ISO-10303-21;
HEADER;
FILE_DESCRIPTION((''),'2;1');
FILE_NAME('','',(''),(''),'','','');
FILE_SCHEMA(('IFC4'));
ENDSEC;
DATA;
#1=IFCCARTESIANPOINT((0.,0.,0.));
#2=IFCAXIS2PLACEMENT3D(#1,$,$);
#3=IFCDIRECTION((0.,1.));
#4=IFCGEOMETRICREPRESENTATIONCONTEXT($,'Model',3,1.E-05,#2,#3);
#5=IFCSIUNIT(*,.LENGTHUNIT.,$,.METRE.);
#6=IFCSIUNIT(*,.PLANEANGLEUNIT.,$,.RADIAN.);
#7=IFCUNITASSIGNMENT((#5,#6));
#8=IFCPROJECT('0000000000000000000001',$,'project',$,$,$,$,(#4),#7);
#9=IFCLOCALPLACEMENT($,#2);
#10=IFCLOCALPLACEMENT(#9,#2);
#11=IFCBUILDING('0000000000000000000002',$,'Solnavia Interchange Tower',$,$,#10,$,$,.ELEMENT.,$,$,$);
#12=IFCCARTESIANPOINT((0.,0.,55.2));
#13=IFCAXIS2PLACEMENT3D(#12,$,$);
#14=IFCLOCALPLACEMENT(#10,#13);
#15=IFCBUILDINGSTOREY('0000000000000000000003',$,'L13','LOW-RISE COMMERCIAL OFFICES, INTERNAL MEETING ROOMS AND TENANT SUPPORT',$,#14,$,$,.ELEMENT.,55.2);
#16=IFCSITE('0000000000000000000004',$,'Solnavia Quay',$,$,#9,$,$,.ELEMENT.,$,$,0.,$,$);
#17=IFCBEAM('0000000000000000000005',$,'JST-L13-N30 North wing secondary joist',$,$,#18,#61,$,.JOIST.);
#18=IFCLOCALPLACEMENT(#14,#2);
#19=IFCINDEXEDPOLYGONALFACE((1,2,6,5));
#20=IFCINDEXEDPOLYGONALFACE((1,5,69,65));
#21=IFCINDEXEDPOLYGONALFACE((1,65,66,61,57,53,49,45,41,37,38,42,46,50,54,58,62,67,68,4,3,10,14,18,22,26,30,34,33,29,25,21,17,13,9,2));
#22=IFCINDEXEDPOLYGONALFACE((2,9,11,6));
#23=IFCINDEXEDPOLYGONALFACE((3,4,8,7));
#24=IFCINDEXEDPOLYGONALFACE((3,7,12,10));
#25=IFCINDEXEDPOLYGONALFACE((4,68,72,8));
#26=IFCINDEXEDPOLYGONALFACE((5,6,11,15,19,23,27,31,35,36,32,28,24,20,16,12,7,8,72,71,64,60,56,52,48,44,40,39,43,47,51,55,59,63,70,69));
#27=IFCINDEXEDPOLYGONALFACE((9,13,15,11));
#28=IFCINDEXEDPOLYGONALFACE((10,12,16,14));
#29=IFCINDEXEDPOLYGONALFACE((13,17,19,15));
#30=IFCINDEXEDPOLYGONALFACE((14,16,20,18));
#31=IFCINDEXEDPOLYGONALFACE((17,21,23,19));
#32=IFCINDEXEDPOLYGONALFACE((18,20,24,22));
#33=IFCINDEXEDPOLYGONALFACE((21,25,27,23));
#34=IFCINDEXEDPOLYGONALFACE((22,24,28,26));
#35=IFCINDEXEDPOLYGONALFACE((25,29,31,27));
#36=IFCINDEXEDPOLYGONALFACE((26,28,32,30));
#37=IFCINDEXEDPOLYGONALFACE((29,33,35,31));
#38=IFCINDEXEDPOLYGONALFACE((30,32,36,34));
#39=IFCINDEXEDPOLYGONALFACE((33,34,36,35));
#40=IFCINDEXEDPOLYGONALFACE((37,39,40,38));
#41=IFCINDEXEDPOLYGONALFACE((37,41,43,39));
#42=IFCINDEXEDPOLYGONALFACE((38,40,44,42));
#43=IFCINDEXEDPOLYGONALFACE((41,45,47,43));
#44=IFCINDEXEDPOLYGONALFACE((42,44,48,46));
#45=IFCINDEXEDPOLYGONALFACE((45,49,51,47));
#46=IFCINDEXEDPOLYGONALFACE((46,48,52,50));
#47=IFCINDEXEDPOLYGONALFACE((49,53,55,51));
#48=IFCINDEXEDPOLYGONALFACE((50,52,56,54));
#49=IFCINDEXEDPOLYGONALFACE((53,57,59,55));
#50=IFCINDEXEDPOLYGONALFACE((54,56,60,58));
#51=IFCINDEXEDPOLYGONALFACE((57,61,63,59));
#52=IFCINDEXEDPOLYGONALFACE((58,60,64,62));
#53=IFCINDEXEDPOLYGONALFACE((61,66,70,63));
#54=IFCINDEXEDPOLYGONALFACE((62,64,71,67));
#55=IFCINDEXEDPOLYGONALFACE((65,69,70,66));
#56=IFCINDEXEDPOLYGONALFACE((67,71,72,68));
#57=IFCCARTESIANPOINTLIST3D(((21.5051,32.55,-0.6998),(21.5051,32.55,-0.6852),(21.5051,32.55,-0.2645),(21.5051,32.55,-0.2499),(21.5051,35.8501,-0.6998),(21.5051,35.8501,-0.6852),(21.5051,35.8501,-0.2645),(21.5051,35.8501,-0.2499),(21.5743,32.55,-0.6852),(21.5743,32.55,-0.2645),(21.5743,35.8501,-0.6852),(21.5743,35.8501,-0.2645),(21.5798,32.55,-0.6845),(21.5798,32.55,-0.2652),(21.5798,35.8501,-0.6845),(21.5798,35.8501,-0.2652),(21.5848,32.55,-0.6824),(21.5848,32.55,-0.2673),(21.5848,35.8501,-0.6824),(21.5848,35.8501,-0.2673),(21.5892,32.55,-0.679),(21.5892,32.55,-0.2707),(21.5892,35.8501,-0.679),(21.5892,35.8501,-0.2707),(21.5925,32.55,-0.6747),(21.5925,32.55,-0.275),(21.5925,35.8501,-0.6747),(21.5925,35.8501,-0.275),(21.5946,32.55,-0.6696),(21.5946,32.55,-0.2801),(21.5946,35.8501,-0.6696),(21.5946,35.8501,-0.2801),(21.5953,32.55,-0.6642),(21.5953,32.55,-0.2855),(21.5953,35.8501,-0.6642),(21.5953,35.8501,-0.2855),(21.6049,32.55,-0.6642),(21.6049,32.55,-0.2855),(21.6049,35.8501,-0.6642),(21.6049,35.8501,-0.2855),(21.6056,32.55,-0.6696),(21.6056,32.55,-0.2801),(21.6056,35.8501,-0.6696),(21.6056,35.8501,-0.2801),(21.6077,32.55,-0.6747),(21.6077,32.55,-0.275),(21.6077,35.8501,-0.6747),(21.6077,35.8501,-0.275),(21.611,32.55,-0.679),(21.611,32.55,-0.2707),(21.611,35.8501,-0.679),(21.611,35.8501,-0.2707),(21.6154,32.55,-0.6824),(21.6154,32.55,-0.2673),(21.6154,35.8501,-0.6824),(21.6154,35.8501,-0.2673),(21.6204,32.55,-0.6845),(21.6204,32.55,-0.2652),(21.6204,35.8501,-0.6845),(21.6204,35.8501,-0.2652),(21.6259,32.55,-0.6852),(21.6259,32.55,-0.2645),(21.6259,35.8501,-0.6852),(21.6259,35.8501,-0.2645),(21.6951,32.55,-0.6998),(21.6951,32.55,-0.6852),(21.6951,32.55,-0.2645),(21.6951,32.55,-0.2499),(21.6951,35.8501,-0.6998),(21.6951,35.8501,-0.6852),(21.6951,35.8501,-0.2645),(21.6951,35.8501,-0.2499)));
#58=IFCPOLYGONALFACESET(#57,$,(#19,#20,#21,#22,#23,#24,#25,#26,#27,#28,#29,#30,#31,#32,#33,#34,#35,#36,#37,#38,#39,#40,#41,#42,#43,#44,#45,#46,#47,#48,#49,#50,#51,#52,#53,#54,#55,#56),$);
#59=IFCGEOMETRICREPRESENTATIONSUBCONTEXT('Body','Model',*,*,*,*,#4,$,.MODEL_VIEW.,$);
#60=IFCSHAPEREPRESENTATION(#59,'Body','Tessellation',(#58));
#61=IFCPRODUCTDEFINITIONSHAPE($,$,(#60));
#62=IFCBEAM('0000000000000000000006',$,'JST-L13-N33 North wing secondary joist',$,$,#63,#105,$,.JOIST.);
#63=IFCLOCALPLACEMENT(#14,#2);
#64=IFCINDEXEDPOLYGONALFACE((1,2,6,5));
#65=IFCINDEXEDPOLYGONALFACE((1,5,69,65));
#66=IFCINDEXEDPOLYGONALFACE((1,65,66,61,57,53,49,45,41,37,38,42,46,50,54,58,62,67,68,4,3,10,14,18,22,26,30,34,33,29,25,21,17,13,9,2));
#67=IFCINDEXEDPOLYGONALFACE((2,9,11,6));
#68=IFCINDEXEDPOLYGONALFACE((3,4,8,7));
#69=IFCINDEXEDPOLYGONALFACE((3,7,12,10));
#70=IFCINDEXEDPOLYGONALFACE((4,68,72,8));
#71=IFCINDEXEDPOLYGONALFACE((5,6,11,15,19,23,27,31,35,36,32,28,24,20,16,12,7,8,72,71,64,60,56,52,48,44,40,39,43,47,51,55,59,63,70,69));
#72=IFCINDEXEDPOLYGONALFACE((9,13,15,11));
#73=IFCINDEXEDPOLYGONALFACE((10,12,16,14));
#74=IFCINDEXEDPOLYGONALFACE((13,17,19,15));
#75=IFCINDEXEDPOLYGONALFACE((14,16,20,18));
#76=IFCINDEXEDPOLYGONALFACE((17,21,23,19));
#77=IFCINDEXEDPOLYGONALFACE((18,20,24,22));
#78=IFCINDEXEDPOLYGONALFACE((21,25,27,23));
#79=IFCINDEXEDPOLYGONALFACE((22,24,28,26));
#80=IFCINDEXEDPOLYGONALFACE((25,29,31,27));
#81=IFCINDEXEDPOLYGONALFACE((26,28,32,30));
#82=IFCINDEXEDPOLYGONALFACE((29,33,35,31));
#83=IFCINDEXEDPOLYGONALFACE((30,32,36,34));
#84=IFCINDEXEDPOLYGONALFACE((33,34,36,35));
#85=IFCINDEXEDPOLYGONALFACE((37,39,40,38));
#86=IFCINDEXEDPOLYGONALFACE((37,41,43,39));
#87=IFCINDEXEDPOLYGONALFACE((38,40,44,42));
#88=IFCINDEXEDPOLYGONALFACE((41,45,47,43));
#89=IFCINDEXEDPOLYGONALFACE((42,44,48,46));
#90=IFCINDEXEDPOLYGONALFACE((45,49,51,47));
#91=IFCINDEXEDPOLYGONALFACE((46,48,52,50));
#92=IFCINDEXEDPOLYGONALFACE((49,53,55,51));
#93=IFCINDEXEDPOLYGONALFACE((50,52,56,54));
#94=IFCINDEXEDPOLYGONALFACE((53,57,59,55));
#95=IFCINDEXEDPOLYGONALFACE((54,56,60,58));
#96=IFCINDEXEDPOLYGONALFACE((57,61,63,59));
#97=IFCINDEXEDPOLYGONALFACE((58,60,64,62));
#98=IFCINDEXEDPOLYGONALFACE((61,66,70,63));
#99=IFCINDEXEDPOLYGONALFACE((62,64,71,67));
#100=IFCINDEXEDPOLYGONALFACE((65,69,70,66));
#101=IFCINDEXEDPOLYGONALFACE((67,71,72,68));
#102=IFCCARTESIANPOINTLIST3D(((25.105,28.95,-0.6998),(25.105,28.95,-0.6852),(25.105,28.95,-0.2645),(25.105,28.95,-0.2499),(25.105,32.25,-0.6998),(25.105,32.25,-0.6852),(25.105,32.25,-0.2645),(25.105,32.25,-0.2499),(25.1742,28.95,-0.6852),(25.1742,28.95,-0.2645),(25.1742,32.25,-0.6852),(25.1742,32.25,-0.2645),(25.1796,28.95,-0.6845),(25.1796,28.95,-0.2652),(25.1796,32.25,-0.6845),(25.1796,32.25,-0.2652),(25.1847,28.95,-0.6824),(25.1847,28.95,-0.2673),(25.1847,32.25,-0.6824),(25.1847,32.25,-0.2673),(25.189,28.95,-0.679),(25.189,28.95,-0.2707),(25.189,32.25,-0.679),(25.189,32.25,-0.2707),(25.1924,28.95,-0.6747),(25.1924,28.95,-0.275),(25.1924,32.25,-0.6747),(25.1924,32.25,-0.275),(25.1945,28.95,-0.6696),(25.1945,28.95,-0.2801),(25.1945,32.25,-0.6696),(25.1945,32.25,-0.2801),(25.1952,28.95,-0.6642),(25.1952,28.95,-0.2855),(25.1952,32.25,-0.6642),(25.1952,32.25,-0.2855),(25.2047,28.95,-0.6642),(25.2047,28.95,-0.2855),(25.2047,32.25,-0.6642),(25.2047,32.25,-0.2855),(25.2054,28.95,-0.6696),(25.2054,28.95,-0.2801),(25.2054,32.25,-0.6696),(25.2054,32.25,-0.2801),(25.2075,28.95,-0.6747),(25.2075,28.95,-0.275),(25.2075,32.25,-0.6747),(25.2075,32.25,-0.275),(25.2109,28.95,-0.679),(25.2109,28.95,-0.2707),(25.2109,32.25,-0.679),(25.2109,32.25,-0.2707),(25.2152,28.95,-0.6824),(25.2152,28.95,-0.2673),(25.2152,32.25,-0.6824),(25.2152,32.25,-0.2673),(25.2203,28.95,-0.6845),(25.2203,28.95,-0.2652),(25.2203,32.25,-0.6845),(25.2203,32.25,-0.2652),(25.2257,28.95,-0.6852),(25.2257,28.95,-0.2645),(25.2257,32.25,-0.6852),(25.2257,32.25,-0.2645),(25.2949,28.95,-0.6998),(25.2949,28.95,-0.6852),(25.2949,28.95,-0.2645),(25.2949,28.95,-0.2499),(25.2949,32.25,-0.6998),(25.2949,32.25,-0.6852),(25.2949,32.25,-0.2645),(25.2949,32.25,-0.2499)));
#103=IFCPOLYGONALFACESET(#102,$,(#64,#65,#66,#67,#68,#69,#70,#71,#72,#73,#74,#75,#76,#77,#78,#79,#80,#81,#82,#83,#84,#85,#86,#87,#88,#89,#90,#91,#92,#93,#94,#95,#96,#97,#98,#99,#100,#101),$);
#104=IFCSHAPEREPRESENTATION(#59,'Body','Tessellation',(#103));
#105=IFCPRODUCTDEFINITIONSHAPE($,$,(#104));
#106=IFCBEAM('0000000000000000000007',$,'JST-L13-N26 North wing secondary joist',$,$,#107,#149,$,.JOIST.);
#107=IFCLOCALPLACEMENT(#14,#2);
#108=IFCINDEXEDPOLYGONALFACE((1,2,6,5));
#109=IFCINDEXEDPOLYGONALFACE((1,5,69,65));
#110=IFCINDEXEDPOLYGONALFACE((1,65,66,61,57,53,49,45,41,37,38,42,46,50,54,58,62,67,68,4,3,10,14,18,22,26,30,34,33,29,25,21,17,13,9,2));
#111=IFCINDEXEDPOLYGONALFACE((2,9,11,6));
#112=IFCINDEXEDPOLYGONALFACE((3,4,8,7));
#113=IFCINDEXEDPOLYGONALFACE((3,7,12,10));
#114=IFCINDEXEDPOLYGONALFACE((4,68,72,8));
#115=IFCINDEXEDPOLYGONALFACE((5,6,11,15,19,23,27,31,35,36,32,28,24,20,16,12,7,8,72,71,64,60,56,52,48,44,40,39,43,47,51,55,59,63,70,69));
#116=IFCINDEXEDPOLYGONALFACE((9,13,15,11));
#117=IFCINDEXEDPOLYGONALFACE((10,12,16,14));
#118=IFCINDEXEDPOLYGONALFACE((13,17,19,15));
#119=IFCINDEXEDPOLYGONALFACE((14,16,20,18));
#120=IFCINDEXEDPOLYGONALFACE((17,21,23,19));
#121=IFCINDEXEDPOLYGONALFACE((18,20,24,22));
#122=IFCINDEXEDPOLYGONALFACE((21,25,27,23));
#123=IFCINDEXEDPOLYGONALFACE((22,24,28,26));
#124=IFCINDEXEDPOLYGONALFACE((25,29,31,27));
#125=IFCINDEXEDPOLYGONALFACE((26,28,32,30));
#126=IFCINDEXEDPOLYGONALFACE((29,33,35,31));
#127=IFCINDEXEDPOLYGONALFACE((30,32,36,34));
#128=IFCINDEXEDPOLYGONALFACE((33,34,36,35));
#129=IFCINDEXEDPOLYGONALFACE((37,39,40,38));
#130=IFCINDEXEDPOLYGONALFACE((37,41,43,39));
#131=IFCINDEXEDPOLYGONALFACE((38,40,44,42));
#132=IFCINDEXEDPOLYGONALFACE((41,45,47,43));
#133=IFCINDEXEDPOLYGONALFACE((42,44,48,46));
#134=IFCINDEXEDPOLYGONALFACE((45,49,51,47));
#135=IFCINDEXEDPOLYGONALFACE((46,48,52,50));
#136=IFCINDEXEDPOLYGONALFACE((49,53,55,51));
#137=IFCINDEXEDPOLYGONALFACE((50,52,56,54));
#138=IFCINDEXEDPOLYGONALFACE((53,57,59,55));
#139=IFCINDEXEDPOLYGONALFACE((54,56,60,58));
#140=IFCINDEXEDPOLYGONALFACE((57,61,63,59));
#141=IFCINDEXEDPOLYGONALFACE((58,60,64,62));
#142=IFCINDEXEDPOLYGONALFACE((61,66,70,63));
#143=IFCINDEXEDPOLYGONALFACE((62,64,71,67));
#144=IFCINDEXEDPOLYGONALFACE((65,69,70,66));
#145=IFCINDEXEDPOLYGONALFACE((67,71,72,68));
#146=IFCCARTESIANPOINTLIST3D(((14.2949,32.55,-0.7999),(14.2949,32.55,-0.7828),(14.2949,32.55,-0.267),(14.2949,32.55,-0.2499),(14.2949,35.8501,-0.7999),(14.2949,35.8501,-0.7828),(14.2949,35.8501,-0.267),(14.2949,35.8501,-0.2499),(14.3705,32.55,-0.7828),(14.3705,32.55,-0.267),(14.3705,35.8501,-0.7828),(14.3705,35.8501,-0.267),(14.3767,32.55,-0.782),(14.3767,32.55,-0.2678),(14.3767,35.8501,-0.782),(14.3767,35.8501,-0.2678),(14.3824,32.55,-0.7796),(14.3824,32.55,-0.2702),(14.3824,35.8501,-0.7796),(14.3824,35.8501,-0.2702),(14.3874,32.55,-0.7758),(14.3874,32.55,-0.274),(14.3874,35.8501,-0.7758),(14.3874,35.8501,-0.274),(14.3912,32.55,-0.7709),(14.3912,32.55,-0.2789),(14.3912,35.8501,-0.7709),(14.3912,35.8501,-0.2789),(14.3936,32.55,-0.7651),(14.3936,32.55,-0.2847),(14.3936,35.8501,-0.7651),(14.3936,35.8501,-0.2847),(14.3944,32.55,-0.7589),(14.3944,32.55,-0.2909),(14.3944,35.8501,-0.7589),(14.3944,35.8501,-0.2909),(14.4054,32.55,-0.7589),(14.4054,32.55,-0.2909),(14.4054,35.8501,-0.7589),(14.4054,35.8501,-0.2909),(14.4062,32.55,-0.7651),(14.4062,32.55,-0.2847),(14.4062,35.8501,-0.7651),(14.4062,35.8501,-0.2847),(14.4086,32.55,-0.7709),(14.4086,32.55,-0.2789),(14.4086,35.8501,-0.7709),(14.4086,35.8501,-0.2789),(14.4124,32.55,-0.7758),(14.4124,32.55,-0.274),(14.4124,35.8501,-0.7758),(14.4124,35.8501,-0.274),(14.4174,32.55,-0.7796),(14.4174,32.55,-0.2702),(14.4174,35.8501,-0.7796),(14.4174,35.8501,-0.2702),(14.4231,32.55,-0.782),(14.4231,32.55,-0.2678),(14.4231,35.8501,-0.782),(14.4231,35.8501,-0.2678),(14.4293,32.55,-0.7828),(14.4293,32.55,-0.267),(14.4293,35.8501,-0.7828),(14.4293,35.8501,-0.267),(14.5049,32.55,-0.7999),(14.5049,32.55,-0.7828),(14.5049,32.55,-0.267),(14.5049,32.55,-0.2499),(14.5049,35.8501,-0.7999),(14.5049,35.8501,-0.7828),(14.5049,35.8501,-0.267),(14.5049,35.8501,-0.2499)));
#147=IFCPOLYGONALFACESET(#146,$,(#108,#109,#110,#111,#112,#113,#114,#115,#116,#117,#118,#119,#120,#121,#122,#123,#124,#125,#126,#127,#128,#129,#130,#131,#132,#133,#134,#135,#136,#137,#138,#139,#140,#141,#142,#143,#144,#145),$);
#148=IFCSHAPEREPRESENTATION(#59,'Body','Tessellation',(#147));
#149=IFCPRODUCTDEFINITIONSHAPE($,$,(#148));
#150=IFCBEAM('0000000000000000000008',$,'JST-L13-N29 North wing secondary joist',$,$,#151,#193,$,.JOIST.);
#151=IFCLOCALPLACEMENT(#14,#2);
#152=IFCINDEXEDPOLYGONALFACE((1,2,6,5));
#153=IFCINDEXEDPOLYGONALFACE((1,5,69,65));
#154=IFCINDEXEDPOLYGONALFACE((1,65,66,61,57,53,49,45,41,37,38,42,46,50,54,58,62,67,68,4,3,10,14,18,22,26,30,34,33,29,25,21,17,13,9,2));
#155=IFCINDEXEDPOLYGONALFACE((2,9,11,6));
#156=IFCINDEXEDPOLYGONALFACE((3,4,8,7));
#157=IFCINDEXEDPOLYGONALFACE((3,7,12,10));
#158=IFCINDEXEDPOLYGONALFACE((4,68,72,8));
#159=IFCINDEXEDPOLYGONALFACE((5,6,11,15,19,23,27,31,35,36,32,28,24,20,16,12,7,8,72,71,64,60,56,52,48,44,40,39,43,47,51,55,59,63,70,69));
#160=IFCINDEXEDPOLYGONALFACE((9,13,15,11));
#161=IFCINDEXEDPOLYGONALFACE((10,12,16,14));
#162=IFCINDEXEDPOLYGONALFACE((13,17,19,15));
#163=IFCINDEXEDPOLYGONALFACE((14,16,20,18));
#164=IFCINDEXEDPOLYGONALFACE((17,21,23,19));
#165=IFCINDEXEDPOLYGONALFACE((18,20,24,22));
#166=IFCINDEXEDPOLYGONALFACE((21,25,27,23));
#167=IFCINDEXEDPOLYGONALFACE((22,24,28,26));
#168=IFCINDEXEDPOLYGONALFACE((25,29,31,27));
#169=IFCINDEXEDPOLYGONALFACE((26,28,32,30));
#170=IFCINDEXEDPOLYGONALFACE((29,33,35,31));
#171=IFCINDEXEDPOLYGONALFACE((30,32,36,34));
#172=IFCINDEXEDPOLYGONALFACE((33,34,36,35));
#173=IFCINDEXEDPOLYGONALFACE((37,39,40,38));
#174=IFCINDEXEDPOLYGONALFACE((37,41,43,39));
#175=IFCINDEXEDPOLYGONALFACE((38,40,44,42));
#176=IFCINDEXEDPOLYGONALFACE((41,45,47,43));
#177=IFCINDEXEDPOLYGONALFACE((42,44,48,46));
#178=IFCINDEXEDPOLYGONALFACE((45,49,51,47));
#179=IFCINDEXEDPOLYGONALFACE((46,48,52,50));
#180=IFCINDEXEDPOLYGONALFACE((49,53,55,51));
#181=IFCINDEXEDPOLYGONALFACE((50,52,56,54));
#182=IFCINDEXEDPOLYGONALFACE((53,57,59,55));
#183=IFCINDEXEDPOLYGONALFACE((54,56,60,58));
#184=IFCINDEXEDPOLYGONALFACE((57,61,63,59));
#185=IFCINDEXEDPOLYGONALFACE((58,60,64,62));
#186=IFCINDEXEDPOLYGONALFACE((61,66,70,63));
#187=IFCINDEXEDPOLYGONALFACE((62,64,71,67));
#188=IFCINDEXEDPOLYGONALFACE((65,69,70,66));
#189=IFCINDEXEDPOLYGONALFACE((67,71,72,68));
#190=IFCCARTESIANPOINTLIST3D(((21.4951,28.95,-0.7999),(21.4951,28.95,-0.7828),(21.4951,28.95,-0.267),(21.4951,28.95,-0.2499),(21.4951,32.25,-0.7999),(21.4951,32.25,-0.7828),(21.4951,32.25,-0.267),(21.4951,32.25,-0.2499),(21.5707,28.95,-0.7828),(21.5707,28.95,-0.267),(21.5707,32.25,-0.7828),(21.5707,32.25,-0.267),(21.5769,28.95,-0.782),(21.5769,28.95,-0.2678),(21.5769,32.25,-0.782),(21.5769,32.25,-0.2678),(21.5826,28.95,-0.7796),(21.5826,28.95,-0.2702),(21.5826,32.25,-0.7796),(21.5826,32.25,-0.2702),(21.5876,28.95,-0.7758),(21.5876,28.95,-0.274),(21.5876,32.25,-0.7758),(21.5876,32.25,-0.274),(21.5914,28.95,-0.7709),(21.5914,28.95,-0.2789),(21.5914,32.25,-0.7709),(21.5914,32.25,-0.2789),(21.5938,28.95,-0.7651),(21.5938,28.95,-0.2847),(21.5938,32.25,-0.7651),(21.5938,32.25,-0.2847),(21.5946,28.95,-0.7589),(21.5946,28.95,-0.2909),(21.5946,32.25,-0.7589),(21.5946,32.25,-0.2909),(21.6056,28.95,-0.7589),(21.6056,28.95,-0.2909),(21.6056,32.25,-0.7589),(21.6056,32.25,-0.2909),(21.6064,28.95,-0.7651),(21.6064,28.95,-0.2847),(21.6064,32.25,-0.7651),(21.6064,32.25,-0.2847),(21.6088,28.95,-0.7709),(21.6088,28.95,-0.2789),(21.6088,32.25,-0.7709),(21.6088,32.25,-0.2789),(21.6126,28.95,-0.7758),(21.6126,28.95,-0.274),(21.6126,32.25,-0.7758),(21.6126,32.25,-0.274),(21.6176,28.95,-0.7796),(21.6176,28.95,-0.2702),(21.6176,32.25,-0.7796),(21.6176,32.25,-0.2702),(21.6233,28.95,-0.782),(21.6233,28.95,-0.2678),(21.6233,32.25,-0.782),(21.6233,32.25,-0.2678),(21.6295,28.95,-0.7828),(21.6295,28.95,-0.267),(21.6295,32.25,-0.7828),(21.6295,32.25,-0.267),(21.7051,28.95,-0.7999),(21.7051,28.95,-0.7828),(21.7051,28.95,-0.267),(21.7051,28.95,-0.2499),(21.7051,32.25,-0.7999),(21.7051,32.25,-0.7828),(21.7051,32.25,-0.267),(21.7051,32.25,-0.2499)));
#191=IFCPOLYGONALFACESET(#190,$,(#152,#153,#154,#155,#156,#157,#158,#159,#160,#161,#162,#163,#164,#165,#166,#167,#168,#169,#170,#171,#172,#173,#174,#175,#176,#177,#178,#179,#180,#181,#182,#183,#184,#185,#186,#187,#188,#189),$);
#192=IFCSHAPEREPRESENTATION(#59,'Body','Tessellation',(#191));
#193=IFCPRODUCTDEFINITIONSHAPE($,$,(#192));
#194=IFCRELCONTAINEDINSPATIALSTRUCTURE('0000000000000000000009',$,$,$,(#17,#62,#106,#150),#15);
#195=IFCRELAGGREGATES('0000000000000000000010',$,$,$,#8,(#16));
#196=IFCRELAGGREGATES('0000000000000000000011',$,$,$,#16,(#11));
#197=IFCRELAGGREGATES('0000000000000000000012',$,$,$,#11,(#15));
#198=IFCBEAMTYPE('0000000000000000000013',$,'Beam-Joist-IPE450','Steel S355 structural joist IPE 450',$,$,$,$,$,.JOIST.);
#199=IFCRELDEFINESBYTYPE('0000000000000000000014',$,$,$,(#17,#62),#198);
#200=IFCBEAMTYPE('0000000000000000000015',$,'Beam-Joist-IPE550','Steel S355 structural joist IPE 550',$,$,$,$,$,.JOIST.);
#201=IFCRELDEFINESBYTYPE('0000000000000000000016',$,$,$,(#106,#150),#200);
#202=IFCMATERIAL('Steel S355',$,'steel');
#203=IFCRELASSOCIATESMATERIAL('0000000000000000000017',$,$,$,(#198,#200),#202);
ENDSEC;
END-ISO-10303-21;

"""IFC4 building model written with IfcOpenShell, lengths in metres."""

from ifc_helpers import new_model, si_unit, direction, frame, origin, origin_2d, place, context, subcontext, project, spatial, i_section, extrude, material, material_profile, profile_set, type_object, element, save


model = new_model("IFC4")

# Units and contexts
model_context = context("Model", 3, precision=1e-05, world=origin(), true_north=direction((0.0, 1.0)))
body_context = subcontext(model_context, "Body", "Model", "MODEL_VIEW")
ifc_project = project(units=[si_unit("LENGTHUNIT", "METRE"), si_unit("PLANEANGLEUNIT", "RADIAN")], contexts=[model_context])

# Site, building, storey
site_placement = place(None, origin())
site = spatial("IfcSite", under=ifc_project, at=site_placement, Name="Solnavia Quay", CompositionType="ELEMENT", RefElevation=0.0)
building_placement = place(site_placement, origin())
building = spatial("IfcBuilding", under=site, at=building_placement, Name="Solnavia Interchange Tower", CompositionType="ELEMENT")
storey_placement = place(building_placement, frame((0.0, 0.0, 55.2)))
storey = spatial("IfcBuildingStorey", under=building, at=storey_placement, Name="L13", Description="LOW-RISE COMMERCIAL OFFICES, INTERNAL MEETING ROOMS AND TENANT SUPPORT", CompositionType="ELEMENT", Elevation=55.2)

# Shared definitions
ifc_material_1 = material(Name="Steel S355", Category="steel")

# Beams
ifc_material_profile_1 = material_profile(ifc_material_1, i_section(OverallWidth=0.1899, OverallDepth=0.45, WebThickness=0.0095, FlangeThickness=0.0146, FilletRadius=0.021, at=origin_2d()), Name="IPE 450")
ifc_profile_set_1 = profile_set([ifc_material_profile_1], Name="Steel S355")
beam_type_1 = type_object("IfcBeamType", Name="Beam-Joist-IPE450", Description="Steel S355 structural joist IPE 450", PredefinedType="JOIST", material=ifc_profile_set_1)
for number, where, z_axis, x_axis, name in (
    (1, (21.6001, 32.55, -0.4749), (0.0, 1.0, 0.0), (-1.0, 0.0, 0.0), "JST-L13-N30 North wing secondary joist"),
    (2, (25.2, 28.95, -0.4749), (0.0, 1.0, 0.0), (-1.0, 0.0, 0.0), "JST-L13-N33 North wing secondary joist"),
):
    element("IfcBeam", number, at=place(storey_placement, frame(where, z_axis=z_axis, x_axis=x_axis)), inside=storey, type_object=beam_type_1, Name=name, PredefinedType="JOIST", context=body_context, shape_type="SweptSolid", body=[
        extrude(i_section(OverallWidth=0.1899, OverallDepth=0.45, WebThickness=0.0095, FlangeThickness=0.0146, FilletRadius=0.021, at=origin_2d()), origin(), (0.0, 0.0, 1.0), 3.3),
    ])
ifc_material_profile_2 = material_profile(ifc_material_1, i_section(OverallWidth=0.21, OverallDepth=0.55, WebThickness=0.011, FlangeThickness=0.0171, FilletRadius=0.0239, at=origin_2d()), Name="IPE 550")
ifc_profile_set_2 = profile_set([ifc_material_profile_2], Name="Steel S355")
beam_type_2 = type_object("IfcBeamType", Name="Beam-Joist-IPE550", Description="Steel S355 structural joist IPE 550", PredefinedType="JOIST", material=ifc_profile_set_2)
for number, where, z_axis, x_axis, name in (
    (3, (14.3999, 32.55, -0.5249), (0.0, 1.0, 0.0), (-1.0, 0.0, 0.0), "JST-L13-N26 North wing secondary joist"),
    (4, (21.6001, 28.95, -0.5249), (0.0, 1.0, 0.0), (-1.0, 0.0, 0.0), "JST-L13-N29 North wing secondary joist"),
):
    element("IfcBeam", number, at=place(storey_placement, frame(where, z_axis=z_axis, x_axis=x_axis)), inside=storey, type_object=beam_type_2, Name=name, PredefinedType="JOIST", context=body_context, shape_type="SweptSolid", body=[
        extrude(i_section(OverallWidth=0.21, OverallDepth=0.55, WebThickness=0.011, FlangeThickness=0.0171, FilletRadius=0.0239, at=origin_2d()), origin(), (0.0, 0.0, 1.0), 3.3),
    ])

save(model, "model.ifc")
